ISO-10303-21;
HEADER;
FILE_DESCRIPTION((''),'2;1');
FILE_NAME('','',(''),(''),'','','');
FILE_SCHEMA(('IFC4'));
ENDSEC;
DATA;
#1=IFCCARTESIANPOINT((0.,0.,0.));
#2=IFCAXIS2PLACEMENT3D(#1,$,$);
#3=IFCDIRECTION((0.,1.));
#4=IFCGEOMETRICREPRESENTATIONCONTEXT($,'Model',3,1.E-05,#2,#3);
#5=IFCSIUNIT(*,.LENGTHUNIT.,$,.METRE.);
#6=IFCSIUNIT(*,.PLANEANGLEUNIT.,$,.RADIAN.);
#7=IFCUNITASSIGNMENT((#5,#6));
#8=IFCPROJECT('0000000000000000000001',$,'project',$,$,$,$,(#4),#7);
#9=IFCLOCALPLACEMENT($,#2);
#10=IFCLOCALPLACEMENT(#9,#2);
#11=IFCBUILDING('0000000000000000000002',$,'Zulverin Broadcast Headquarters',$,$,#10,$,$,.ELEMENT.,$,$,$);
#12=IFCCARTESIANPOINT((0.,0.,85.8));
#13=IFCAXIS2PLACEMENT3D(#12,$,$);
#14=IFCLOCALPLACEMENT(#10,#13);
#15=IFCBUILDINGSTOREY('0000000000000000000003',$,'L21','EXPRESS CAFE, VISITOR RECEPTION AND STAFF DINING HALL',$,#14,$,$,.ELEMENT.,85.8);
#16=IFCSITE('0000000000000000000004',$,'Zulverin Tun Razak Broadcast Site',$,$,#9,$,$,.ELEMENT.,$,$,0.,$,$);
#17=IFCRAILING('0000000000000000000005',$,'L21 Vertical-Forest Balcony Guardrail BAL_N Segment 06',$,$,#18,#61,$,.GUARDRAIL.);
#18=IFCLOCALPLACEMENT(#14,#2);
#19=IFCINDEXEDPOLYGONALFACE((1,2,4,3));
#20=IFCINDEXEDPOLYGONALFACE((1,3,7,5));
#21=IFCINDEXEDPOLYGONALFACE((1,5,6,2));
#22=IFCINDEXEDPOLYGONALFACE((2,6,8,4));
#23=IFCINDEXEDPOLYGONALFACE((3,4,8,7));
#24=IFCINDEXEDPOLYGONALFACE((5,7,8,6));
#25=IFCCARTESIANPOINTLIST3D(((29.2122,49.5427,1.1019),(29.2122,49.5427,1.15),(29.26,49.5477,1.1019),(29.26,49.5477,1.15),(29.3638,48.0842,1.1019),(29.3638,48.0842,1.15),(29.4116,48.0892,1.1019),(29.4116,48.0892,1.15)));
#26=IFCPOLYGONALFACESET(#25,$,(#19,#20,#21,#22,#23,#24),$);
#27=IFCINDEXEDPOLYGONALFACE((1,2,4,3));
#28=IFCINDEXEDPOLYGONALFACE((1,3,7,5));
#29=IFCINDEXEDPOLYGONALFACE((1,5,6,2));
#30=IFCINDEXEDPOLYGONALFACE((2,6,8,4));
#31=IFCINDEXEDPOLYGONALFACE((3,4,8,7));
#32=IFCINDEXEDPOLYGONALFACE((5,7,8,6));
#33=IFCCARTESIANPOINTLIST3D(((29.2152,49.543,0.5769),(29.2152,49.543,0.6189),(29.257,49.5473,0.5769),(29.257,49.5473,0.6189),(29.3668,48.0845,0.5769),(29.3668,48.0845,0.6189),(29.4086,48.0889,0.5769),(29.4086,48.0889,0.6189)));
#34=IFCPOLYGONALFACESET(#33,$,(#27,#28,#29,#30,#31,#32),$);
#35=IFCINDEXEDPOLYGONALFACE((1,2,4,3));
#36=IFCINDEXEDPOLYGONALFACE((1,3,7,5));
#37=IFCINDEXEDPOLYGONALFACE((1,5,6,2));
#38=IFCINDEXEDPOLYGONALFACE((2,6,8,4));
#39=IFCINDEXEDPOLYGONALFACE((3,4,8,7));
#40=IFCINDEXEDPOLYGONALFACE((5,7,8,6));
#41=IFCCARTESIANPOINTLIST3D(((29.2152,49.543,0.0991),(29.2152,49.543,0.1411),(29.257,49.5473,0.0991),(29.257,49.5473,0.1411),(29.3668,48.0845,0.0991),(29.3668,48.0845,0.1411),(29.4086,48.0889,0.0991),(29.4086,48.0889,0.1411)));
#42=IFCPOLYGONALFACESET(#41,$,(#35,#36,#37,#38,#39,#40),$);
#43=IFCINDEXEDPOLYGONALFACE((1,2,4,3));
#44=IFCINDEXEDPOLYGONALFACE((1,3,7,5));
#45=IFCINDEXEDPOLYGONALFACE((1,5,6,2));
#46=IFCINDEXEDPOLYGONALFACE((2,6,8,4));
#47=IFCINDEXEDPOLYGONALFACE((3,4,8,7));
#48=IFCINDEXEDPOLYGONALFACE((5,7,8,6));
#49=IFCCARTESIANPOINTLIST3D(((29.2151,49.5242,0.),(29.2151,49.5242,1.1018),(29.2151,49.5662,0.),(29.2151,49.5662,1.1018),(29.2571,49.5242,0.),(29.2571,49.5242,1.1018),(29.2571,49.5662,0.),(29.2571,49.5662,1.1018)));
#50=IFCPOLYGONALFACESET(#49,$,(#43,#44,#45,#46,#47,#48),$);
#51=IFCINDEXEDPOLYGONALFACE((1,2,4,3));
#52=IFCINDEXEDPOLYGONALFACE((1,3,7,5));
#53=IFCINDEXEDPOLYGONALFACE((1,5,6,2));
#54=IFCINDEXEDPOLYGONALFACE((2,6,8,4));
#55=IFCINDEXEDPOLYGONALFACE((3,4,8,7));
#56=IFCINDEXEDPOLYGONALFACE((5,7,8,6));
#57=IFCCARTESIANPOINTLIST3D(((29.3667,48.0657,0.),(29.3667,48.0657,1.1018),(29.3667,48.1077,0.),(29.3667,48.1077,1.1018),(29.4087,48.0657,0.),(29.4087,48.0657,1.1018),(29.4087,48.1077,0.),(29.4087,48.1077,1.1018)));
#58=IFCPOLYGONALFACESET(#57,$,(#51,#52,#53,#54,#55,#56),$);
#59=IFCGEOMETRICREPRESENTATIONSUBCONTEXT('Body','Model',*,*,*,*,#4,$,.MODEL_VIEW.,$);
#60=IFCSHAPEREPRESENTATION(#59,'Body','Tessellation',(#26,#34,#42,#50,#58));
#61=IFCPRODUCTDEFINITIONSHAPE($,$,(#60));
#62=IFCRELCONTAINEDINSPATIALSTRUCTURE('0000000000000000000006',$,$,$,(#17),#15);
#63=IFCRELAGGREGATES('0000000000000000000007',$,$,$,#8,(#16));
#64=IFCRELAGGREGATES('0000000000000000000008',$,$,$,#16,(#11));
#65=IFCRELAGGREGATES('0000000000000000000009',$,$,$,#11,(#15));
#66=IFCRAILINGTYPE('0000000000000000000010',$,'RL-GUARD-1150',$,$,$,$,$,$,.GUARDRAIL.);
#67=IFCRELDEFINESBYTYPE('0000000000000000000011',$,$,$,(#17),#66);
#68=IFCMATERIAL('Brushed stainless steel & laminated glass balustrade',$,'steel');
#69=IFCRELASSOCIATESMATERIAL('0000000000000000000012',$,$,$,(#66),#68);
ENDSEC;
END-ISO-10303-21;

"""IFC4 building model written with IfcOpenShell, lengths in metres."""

from ifc_helpers import new_model, si_unit, direction, frame, origin, origin_2d, place, context, subcontext, project, spatial, rectangle, extrude, material, type_object, element, save


model = new_model("IFC4")

# Units and contexts
model_context = context("Model", 3, precision=1e-05, world=origin(), true_north=direction((0.0, 1.0)))
body_context = subcontext(model_context, "Body", "Model", "MODEL_VIEW")
ifc_project = project(units=[si_unit("LENGTHUNIT", "METRE"), si_unit("PLANEANGLEUNIT", "RADIAN")], contexts=[model_context])

# Site, building, storey
site_placement = place(None, origin())
site = spatial("IfcSite", under=ifc_project, at=site_placement, Name="Zulverin Tun Razak Broadcast Site", CompositionType="ELEMENT", RefElevation=0.0)
building_placement = place(site_placement, origin())
building = spatial("IfcBuilding", under=site, at=building_placement, Name="Zulverin Broadcast Headquarters", CompositionType="ELEMENT")
storey_placement = place(building_placement, frame((0.0, 0.0, 85.8)))
storey = spatial("IfcBuildingStorey", under=building, at=storey_placement, Name="L21", Description="EXPRESS CAFE, VISITOR RECEPTION AND STAFF DINING HALL", CompositionType="ELEMENT", Elevation=85.8)

# Railing
ifc_material_1 = material(Name="Brushed stainless steel & laminated glass balustrade", Category="steel")
railing_type = type_object("IfcRailingType", Name="RL-GUARD-1150", PredefinedType="GUARDRAIL", material=ifc_material_1)
railing_1_placement = place(storey_placement, frame((29.2361, 49.5452, 0.0)))
element("IfcRailing", 1, at=railing_1_placement, inside=storey, type_object=railing_type, Name="L21 Vertical-Forest Balcony Guardrail BAL_N Segment 06", PredefinedType="GUARDRAIL", context=body_context, shape_type="SweptSolid", body=[
    extrude(rectangle(XDim=0.0481, YDim=0.0481, at=origin_2d()), frame((0.0, 0.0, 1.126), z_axis=(0.103393, -0.994641, 0.0), x_axis=(0.994641, 0.103393, 0.0)), (0.0, 0.0, 1.0), 1.4663),
    extrude(rectangle(XDim=0.042, YDim=0.042, at=origin_2d()), frame((0.0, 0.0, 0.5979), z_axis=(0.103393, -0.994641, 0.0), x_axis=(0.994641, 0.103393, 0.0)), (0.0, 0.0, 1.0), 1.4663),
    extrude(rectangle(XDim=0.042, YDim=0.042, at=origin_2d()), frame((0.0, 0.0, 0.1201), z_axis=(0.103393, -0.994641, 0.0), x_axis=(0.994641, 0.103393, 0.0)), (0.0, 0.0, 1.0), 1.4663),
    extrude(rectangle(XDim=0.042, YDim=0.042, at=origin_2d()), origin(), (0.0, 0.0, 1.0), 1.1018),
    extrude(rectangle(XDim=0.042, YDim=0.042, at=origin_2d()), frame((0.1516, -1.4585, 0.0)), (0.0, 0.0, 1.0), 1.1018),
])

save(model, "model.ifc")
